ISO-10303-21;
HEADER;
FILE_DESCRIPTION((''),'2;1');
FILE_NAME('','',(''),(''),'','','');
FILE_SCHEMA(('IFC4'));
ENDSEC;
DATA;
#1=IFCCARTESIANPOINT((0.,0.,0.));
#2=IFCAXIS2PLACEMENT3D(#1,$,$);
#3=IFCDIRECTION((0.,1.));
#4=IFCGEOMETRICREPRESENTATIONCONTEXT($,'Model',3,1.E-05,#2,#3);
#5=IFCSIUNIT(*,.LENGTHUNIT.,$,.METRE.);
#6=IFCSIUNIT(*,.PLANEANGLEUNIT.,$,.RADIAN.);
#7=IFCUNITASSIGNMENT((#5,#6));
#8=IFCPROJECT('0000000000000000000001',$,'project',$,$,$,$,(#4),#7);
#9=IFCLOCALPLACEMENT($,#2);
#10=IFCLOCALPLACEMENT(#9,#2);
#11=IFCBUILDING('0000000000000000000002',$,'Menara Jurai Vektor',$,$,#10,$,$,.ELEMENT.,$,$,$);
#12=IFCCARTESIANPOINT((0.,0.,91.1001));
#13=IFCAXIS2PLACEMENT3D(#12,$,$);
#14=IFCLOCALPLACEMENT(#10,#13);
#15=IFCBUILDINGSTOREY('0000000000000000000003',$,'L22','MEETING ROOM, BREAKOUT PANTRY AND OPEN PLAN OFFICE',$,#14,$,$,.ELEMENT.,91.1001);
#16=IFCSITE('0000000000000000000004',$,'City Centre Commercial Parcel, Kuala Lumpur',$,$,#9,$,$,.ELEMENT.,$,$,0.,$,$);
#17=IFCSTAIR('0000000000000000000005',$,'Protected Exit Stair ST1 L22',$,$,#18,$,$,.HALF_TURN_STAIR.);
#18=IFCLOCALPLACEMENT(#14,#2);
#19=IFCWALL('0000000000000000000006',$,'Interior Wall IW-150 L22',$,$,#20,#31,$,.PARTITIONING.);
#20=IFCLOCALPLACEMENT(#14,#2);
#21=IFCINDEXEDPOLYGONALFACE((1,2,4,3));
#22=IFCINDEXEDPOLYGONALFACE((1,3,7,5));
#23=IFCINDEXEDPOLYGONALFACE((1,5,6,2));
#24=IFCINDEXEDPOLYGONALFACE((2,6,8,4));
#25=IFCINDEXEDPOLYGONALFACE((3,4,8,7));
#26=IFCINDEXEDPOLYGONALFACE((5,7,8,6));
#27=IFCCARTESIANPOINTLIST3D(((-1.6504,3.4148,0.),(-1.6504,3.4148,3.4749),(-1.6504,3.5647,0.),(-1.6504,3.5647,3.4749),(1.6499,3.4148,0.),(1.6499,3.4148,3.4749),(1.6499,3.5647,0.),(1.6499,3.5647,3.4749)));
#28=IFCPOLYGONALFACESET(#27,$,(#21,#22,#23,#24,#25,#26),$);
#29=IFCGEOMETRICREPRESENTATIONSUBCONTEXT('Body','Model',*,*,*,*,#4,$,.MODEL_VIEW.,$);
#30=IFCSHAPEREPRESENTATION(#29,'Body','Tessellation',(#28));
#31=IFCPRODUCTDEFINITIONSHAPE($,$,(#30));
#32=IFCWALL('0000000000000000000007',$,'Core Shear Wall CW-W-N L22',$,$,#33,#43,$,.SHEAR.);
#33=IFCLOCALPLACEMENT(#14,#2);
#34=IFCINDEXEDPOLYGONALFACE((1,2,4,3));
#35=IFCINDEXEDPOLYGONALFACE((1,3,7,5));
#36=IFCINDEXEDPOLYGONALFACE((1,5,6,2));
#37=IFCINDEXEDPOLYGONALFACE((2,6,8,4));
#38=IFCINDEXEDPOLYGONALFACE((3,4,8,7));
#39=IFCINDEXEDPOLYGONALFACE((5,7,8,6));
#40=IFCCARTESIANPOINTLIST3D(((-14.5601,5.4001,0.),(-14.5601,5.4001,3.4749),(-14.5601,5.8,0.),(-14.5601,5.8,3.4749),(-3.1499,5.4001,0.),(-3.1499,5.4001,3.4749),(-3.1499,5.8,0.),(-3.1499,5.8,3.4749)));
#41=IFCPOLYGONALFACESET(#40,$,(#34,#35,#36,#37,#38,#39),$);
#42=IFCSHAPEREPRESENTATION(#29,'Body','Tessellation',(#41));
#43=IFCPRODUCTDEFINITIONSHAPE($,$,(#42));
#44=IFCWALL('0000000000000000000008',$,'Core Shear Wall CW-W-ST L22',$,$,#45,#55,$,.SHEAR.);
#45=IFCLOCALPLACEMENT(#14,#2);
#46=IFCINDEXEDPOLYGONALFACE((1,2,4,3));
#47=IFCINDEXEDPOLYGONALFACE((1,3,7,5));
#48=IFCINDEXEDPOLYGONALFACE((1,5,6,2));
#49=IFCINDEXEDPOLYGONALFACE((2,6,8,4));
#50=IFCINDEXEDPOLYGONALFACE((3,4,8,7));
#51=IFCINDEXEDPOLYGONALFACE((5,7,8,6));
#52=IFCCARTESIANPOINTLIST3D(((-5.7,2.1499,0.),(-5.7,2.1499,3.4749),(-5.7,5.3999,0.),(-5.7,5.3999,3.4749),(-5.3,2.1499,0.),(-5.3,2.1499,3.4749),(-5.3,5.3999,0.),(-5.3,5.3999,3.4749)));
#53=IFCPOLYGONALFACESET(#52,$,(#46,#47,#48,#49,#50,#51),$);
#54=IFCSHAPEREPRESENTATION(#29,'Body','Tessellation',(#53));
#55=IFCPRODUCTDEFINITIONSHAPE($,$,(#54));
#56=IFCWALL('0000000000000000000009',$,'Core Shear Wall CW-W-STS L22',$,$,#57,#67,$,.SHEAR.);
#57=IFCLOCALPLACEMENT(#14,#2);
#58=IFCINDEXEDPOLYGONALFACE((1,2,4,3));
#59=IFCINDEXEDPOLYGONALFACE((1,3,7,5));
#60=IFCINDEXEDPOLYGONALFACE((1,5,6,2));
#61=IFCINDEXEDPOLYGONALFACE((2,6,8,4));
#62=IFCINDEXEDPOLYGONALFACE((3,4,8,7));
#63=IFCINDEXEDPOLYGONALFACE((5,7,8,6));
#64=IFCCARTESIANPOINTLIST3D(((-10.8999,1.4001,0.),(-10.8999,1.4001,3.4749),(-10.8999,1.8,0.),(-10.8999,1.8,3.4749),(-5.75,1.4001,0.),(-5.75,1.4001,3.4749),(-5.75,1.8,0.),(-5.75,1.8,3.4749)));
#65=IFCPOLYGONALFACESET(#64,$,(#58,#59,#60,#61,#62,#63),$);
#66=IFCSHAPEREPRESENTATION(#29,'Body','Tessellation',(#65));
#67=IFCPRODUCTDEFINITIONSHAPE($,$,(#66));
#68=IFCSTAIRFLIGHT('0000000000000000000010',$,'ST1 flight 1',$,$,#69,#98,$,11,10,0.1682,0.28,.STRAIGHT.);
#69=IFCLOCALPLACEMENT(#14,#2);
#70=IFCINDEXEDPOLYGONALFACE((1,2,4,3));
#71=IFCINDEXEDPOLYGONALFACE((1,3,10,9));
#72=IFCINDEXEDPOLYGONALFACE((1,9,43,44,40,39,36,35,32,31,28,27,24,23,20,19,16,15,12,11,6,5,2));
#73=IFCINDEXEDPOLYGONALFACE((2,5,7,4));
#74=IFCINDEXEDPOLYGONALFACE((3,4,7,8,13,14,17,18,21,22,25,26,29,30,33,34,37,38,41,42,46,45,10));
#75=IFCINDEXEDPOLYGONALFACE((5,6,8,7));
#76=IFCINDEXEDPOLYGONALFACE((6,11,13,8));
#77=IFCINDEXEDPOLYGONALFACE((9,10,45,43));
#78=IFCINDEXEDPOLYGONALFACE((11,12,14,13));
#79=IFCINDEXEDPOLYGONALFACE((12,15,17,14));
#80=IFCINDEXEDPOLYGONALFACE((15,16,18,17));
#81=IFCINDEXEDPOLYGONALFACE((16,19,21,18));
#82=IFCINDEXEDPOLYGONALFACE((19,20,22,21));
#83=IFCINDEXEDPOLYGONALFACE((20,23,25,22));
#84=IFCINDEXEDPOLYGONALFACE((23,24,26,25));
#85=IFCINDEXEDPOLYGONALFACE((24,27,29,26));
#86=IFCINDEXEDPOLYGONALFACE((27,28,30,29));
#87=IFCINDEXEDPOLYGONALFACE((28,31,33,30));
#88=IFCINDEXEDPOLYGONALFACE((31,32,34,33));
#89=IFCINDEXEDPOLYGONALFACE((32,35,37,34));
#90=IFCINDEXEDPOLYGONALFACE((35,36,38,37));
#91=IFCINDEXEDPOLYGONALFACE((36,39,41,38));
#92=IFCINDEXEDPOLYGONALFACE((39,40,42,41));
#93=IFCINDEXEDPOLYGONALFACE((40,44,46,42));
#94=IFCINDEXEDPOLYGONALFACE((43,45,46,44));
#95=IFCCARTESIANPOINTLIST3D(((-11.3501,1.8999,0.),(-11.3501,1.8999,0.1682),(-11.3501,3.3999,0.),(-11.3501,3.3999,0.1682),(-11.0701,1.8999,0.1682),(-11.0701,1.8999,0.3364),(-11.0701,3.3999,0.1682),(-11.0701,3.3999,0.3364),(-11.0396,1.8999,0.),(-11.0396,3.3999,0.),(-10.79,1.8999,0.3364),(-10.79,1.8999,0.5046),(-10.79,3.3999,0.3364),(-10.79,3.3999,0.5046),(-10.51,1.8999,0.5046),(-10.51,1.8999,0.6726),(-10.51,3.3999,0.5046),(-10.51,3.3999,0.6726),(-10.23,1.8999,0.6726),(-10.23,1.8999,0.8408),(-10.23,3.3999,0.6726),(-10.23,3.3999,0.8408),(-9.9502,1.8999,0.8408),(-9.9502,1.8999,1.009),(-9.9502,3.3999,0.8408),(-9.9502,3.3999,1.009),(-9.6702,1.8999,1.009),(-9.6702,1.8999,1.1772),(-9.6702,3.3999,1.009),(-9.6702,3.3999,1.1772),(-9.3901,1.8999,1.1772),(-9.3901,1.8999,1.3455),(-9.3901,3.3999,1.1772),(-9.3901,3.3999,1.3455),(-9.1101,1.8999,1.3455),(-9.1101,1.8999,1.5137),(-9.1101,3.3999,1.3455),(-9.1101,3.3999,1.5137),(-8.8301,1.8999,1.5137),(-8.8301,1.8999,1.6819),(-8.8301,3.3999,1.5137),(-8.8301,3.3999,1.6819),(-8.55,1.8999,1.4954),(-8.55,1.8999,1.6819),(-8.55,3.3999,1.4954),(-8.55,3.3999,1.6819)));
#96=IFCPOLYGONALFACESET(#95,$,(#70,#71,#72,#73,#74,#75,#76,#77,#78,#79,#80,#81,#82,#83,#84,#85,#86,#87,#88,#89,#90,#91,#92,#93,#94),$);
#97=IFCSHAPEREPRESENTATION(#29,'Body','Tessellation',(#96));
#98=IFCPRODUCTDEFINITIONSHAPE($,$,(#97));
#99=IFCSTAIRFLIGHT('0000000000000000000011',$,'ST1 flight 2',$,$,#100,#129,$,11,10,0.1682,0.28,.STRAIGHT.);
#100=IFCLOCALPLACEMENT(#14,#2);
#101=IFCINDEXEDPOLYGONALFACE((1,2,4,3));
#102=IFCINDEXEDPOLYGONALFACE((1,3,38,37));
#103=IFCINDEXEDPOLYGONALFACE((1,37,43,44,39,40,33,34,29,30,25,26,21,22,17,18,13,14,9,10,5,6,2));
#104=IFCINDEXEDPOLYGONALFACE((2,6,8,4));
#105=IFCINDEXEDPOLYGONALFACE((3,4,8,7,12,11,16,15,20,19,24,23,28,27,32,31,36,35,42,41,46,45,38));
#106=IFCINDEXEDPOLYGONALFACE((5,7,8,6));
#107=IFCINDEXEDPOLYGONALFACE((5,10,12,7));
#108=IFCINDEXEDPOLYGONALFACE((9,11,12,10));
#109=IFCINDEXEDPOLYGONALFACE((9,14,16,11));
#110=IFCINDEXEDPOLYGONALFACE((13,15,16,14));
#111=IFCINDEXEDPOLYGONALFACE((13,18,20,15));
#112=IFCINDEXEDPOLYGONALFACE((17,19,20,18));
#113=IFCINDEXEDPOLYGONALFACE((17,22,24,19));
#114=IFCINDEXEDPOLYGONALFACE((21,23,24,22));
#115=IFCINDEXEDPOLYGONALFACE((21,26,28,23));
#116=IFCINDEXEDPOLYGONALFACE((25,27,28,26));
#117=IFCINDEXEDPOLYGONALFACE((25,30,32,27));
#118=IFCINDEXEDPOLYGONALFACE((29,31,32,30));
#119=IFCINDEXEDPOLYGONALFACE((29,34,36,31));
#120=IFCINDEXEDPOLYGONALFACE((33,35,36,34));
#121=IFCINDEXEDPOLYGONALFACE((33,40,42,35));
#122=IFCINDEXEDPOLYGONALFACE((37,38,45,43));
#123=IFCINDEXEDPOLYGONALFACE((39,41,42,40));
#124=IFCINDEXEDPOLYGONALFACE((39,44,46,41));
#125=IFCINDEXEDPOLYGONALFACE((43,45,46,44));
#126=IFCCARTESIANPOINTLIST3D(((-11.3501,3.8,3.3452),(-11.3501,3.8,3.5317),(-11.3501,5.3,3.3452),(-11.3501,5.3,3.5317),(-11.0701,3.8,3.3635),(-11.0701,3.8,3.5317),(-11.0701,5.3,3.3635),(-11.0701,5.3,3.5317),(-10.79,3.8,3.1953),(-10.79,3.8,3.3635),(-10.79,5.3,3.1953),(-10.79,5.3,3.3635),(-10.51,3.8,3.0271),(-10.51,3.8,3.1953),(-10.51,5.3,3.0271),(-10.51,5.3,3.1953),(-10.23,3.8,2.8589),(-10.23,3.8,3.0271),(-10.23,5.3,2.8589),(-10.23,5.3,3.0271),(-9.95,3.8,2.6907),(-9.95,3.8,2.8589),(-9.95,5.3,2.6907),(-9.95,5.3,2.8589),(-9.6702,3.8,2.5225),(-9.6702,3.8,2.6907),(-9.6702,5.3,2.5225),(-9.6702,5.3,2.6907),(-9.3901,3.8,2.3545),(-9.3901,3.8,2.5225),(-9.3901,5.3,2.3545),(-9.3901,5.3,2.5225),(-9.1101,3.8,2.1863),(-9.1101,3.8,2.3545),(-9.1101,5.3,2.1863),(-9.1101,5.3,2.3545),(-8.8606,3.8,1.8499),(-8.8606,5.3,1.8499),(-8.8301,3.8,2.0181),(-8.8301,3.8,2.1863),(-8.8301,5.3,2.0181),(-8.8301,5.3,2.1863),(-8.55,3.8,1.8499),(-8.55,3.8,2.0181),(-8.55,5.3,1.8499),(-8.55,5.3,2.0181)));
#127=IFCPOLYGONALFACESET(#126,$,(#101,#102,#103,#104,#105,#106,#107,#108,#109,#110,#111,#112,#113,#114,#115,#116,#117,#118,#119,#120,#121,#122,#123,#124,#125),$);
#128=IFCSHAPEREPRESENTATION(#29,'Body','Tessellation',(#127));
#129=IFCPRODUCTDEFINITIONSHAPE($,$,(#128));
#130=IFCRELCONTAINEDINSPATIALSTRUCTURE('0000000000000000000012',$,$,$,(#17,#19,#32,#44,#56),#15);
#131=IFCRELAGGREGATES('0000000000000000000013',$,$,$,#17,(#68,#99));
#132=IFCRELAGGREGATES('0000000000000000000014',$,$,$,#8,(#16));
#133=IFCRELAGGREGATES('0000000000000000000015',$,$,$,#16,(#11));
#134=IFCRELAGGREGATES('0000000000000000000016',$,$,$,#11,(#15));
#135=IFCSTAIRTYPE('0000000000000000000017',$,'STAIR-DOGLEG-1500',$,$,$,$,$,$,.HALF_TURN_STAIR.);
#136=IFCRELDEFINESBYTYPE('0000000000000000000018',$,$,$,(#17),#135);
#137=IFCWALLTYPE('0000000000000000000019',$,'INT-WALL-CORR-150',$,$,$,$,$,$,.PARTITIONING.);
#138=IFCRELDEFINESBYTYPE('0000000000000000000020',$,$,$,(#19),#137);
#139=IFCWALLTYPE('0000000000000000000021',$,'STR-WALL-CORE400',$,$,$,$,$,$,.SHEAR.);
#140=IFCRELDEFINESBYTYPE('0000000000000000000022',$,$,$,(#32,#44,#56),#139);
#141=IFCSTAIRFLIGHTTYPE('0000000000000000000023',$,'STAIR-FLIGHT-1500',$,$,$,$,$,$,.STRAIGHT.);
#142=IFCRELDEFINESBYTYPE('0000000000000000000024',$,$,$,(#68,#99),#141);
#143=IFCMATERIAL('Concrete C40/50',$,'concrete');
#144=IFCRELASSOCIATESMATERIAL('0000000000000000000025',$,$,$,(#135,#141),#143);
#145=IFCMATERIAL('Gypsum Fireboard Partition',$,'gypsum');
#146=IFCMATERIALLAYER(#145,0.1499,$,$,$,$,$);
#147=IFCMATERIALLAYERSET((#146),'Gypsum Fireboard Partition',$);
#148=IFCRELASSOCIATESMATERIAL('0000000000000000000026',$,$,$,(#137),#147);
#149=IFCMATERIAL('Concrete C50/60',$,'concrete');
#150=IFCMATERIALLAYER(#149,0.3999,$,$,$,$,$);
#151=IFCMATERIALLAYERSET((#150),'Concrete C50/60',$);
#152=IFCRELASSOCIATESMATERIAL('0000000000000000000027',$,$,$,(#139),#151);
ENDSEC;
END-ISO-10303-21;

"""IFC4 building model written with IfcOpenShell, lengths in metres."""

from ifc_helpers import new_model, si_unit, direction, frame, frame_2d, origin, place, context, subcontext, project, spatial, polyline, rectangle, outline, extrude, material, layer, layer_set, type_object, element, aggregate, save


model = new_model("IFC4")

# Units and contexts
model_context = context("Model", 3, precision=1e-05, world=origin(), true_north=direction((0.0, 1.0)))
body_context = subcontext(model_context, "Body", "Model", "MODEL_VIEW")
ifc_project = project(units=[si_unit("LENGTHUNIT", "METRE"), si_unit("PLANEANGLEUNIT", "RADIAN")], contexts=[model_context])

# Site, building, storey
site_placement = place(None, origin())
site = spatial("IfcSite", under=ifc_project, at=site_placement, Name="City Centre Commercial Parcel, Kuala Lumpur", CompositionType="ELEMENT", RefElevation=0.0)
building_placement = place(site_placement, origin())
building = spatial("IfcBuilding", under=site, at=building_placement, Name="Menara Jurai Vektor", CompositionType="ELEMENT")
storey_placement = place(building_placement, frame((0.0, 0.0, 91.1001)))
storey = spatial("IfcBuildingStorey", under=building, at=storey_placement, Name="L22", Description="MEETING ROOM, BREAKOUT PANTRY AND OPEN PLAN OFFICE", CompositionType="ELEMENT", Elevation=91.1001)

# Shared definitions
ifc_material_1 = material(Name="Concrete C50/60", Category="concrete")

# Stair
ifc_material_2 = material(Name="Concrete C40/50", Category="concrete")
stair_type = type_object("IfcStairType", Name="STAIR-DOGLEG-1500", PredefinedType="HALF_TURN_STAIR", material=ifc_material_2)
stair_1_placement = place(storey_placement, origin())
stair_1 = element("IfcStair", 1, at=stair_1_placement, inside=storey, type_object=stair_type, Name="Protected Exit Stair ST1 L22", PredefinedType="HALF_TURN_STAIR")

# Walls
ifc_material_3 = material(Name="Gypsum Fireboard Partition", Category="gypsum")
ifc_layer_1 = layer(ifc_material_3, 0.1499)
ifc_layer_set_1 = layer_set([ifc_layer_1], Name="Gypsum Fireboard Partition")
wall_type_1 = type_object("IfcWallType", Name="INT-WALL-CORR-150", PredefinedType="PARTITIONING", material=ifc_layer_set_1)
wall_1_placement = place(storey_placement, frame((-1.6504, 3.4897, 0.0), z_axis=(0.0, 0.0, 1.0), x_axis=(1.0, 0.0, 0.0)))
element("IfcWall", 2, at=wall_1_placement, inside=storey, type_object=wall_type_1, Name="Interior Wall IW-150 L22", PredefinedType="PARTITIONING", context=body_context, shape_type="SweptSolid", body=[
    extrude(rectangle(XDim=3.3003, YDim=0.1499, at=frame_2d((1.6501, 0.0))), origin(), (0.0, 0.0, 1.0), 3.4749),
])
ifc_layer_2 = layer(ifc_material_1, 0.3999)
ifc_layer_set_2 = layer_set([ifc_layer_2], Name="Concrete C50/60")
wall_type_2 = type_object("IfcWallType", Name="STR-WALL-CORE400", PredefinedType="SHEAR", material=ifc_layer_set_2)
wall_2_placement = place(storey_placement, frame((-14.5601, 5.6001, 0.0), z_axis=(0.0, 0.0, 1.0), x_axis=(1.0, 0.0, 0.0)))
element("IfcWall", 3, at=wall_2_placement, inside=storey, type_object=wall_type_2, Name="Core Shear Wall CW-W-N L22", PredefinedType="SHEAR", context=body_context, shape_type="SweptSolid", body=[
    extrude(rectangle(XDim=11.4102, YDim=0.3999, at=frame_2d((5.7051, 0.0))), origin(), (0.0, 0.0, 1.0), 3.4749),
])
wall_3_placement = place(storey_placement, frame((-5.5, 2.1499, 0.0), z_axis=(0.0, 0.0, 1.0), x_axis=(0.0, 1.0, 0.0)))
element("IfcWall", 4, at=wall_3_placement, inside=storey, type_object=wall_type_2, Name="Core Shear Wall CW-W-ST L22", PredefinedType="SHEAR", context=body_context, shape_type="SweptSolid", body=[
    extrude(rectangle(XDim=3.25, YDim=0.3999, at=frame_2d((1.625, 0.0))), origin(), (0.0, 0.0, 1.0), 3.4749),
])
wall_4_placement = place(storey_placement, frame((-10.8999, 1.6001, 0.0), z_axis=(0.0, 0.0, 1.0), x_axis=(1.0, 0.0, 0.0)))
element("IfcWall", 5, at=wall_4_placement, inside=storey, type_object=wall_type_2, Name="Core Shear Wall CW-W-STS L22", PredefinedType="SHEAR", context=body_context, shape_type="SweptSolid", body=[
    extrude(rectangle(XDim=5.1499, YDim=0.3999, at=frame_2d((2.575, 0.0))), origin(), (0.0, 0.0, 1.0), 3.4749),
])

# Stair flights
stair_flight_type = type_object("IfcStairFlightType", Name="STAIR-FLIGHT-1500", PredefinedType="STRAIGHT", material=ifc_material_2)
stair_flight_1_placement = place(storey_placement, frame((-11.3501, 2.6499, 0.0), z_axis=(0.0, 0.0, 1.0), x_axis=(1.0, 0.0, 0.0)))
stair_flight_1 = element("IfcStairFlight", 6, at=stair_flight_1_placement, type_object=stair_flight_type, Name="ST1 flight 1", NumberOfRisers=11, NumberOfTreads=10, PredefinedType="STRAIGHT", RiserHeight=0.1682, TreadLength=0.28, context=body_context, shape_type="SweptSolid", body=[
    extrude(outline(polyline([(0.0, 0.0), (0.0, 0.1682), (0.28, 0.1682), (0.28, 0.3364), (0.5601, 0.3364), (0.5601, 0.5046), (0.8401, 0.5046), (0.8401, 0.6726), (1.1201, 0.6726), (1.1201, 0.8408), (1.3999, 0.8408), (1.3999, 1.009), (1.6799, 1.009), (1.6799, 1.1772), (1.96, 1.1772), (1.96, 1.3455), (2.24, 1.3455), (2.24, 1.5137), (2.52, 1.5137), (2.52, 1.6819), (2.8, 1.6819), (2.8, 1.8501), (2.8, 1.4954), (0.3105, 0.0), (0.0, 0.0)])), frame((0.0, 0.75, 0.0), z_axis=(0.0, -1.0, 0.0), x_axis=(1.0, 0.0, 0.0)), (0.0, 0.0, 1.0), 1.5),
])
stair_flight_2_placement = place(storey_placement, frame((-8.55, 4.55, 1.8499), z_axis=(0.0, 0.0, 1.0), x_axis=(-1.0, 0.0, 0.0)))
stair_flight_2 = element("IfcStairFlight", 7, at=stair_flight_2_placement, type_object=stair_flight_type, Name="ST1 flight 2", NumberOfRisers=11, NumberOfTreads=10, PredefinedType="STRAIGHT", RiserHeight=0.1682, TreadLength=0.28, context=body_context, shape_type="SweptSolid", body=[
    extrude(outline(polyline([(0.0, 0.0), (0.0, 0.1682), (0.28, 0.1682), (0.28, 0.3364), (0.5601, 0.3364), (0.5601, 0.5046), (0.8401, 0.5046), (0.8401, 0.6726), (1.1201, 0.6726), (1.1201, 0.8408), (1.3999, 0.8408), (1.3999, 1.009), (1.6799, 1.009), (1.6799, 1.1772), (1.96, 1.1772), (1.96, 1.3455), (2.24, 1.3455), (2.24, 1.5137), (2.52, 1.5137), (2.52, 1.6819), (2.8, 1.6819), (2.8, 1.8501), (2.8, 1.4954), (0.3105, 0.0), (0.0, 0.0)])), frame((0.0, 0.75, 0.0), z_axis=(0.0, -1.0, 0.0), x_axis=(1.0, 0.0, 0.0)), (0.0, 0.0, 1.0), 1.5),
])
aggregate(stair_1, [stair_flight_1, stair_flight_2])

save(model, "model.ifc")
